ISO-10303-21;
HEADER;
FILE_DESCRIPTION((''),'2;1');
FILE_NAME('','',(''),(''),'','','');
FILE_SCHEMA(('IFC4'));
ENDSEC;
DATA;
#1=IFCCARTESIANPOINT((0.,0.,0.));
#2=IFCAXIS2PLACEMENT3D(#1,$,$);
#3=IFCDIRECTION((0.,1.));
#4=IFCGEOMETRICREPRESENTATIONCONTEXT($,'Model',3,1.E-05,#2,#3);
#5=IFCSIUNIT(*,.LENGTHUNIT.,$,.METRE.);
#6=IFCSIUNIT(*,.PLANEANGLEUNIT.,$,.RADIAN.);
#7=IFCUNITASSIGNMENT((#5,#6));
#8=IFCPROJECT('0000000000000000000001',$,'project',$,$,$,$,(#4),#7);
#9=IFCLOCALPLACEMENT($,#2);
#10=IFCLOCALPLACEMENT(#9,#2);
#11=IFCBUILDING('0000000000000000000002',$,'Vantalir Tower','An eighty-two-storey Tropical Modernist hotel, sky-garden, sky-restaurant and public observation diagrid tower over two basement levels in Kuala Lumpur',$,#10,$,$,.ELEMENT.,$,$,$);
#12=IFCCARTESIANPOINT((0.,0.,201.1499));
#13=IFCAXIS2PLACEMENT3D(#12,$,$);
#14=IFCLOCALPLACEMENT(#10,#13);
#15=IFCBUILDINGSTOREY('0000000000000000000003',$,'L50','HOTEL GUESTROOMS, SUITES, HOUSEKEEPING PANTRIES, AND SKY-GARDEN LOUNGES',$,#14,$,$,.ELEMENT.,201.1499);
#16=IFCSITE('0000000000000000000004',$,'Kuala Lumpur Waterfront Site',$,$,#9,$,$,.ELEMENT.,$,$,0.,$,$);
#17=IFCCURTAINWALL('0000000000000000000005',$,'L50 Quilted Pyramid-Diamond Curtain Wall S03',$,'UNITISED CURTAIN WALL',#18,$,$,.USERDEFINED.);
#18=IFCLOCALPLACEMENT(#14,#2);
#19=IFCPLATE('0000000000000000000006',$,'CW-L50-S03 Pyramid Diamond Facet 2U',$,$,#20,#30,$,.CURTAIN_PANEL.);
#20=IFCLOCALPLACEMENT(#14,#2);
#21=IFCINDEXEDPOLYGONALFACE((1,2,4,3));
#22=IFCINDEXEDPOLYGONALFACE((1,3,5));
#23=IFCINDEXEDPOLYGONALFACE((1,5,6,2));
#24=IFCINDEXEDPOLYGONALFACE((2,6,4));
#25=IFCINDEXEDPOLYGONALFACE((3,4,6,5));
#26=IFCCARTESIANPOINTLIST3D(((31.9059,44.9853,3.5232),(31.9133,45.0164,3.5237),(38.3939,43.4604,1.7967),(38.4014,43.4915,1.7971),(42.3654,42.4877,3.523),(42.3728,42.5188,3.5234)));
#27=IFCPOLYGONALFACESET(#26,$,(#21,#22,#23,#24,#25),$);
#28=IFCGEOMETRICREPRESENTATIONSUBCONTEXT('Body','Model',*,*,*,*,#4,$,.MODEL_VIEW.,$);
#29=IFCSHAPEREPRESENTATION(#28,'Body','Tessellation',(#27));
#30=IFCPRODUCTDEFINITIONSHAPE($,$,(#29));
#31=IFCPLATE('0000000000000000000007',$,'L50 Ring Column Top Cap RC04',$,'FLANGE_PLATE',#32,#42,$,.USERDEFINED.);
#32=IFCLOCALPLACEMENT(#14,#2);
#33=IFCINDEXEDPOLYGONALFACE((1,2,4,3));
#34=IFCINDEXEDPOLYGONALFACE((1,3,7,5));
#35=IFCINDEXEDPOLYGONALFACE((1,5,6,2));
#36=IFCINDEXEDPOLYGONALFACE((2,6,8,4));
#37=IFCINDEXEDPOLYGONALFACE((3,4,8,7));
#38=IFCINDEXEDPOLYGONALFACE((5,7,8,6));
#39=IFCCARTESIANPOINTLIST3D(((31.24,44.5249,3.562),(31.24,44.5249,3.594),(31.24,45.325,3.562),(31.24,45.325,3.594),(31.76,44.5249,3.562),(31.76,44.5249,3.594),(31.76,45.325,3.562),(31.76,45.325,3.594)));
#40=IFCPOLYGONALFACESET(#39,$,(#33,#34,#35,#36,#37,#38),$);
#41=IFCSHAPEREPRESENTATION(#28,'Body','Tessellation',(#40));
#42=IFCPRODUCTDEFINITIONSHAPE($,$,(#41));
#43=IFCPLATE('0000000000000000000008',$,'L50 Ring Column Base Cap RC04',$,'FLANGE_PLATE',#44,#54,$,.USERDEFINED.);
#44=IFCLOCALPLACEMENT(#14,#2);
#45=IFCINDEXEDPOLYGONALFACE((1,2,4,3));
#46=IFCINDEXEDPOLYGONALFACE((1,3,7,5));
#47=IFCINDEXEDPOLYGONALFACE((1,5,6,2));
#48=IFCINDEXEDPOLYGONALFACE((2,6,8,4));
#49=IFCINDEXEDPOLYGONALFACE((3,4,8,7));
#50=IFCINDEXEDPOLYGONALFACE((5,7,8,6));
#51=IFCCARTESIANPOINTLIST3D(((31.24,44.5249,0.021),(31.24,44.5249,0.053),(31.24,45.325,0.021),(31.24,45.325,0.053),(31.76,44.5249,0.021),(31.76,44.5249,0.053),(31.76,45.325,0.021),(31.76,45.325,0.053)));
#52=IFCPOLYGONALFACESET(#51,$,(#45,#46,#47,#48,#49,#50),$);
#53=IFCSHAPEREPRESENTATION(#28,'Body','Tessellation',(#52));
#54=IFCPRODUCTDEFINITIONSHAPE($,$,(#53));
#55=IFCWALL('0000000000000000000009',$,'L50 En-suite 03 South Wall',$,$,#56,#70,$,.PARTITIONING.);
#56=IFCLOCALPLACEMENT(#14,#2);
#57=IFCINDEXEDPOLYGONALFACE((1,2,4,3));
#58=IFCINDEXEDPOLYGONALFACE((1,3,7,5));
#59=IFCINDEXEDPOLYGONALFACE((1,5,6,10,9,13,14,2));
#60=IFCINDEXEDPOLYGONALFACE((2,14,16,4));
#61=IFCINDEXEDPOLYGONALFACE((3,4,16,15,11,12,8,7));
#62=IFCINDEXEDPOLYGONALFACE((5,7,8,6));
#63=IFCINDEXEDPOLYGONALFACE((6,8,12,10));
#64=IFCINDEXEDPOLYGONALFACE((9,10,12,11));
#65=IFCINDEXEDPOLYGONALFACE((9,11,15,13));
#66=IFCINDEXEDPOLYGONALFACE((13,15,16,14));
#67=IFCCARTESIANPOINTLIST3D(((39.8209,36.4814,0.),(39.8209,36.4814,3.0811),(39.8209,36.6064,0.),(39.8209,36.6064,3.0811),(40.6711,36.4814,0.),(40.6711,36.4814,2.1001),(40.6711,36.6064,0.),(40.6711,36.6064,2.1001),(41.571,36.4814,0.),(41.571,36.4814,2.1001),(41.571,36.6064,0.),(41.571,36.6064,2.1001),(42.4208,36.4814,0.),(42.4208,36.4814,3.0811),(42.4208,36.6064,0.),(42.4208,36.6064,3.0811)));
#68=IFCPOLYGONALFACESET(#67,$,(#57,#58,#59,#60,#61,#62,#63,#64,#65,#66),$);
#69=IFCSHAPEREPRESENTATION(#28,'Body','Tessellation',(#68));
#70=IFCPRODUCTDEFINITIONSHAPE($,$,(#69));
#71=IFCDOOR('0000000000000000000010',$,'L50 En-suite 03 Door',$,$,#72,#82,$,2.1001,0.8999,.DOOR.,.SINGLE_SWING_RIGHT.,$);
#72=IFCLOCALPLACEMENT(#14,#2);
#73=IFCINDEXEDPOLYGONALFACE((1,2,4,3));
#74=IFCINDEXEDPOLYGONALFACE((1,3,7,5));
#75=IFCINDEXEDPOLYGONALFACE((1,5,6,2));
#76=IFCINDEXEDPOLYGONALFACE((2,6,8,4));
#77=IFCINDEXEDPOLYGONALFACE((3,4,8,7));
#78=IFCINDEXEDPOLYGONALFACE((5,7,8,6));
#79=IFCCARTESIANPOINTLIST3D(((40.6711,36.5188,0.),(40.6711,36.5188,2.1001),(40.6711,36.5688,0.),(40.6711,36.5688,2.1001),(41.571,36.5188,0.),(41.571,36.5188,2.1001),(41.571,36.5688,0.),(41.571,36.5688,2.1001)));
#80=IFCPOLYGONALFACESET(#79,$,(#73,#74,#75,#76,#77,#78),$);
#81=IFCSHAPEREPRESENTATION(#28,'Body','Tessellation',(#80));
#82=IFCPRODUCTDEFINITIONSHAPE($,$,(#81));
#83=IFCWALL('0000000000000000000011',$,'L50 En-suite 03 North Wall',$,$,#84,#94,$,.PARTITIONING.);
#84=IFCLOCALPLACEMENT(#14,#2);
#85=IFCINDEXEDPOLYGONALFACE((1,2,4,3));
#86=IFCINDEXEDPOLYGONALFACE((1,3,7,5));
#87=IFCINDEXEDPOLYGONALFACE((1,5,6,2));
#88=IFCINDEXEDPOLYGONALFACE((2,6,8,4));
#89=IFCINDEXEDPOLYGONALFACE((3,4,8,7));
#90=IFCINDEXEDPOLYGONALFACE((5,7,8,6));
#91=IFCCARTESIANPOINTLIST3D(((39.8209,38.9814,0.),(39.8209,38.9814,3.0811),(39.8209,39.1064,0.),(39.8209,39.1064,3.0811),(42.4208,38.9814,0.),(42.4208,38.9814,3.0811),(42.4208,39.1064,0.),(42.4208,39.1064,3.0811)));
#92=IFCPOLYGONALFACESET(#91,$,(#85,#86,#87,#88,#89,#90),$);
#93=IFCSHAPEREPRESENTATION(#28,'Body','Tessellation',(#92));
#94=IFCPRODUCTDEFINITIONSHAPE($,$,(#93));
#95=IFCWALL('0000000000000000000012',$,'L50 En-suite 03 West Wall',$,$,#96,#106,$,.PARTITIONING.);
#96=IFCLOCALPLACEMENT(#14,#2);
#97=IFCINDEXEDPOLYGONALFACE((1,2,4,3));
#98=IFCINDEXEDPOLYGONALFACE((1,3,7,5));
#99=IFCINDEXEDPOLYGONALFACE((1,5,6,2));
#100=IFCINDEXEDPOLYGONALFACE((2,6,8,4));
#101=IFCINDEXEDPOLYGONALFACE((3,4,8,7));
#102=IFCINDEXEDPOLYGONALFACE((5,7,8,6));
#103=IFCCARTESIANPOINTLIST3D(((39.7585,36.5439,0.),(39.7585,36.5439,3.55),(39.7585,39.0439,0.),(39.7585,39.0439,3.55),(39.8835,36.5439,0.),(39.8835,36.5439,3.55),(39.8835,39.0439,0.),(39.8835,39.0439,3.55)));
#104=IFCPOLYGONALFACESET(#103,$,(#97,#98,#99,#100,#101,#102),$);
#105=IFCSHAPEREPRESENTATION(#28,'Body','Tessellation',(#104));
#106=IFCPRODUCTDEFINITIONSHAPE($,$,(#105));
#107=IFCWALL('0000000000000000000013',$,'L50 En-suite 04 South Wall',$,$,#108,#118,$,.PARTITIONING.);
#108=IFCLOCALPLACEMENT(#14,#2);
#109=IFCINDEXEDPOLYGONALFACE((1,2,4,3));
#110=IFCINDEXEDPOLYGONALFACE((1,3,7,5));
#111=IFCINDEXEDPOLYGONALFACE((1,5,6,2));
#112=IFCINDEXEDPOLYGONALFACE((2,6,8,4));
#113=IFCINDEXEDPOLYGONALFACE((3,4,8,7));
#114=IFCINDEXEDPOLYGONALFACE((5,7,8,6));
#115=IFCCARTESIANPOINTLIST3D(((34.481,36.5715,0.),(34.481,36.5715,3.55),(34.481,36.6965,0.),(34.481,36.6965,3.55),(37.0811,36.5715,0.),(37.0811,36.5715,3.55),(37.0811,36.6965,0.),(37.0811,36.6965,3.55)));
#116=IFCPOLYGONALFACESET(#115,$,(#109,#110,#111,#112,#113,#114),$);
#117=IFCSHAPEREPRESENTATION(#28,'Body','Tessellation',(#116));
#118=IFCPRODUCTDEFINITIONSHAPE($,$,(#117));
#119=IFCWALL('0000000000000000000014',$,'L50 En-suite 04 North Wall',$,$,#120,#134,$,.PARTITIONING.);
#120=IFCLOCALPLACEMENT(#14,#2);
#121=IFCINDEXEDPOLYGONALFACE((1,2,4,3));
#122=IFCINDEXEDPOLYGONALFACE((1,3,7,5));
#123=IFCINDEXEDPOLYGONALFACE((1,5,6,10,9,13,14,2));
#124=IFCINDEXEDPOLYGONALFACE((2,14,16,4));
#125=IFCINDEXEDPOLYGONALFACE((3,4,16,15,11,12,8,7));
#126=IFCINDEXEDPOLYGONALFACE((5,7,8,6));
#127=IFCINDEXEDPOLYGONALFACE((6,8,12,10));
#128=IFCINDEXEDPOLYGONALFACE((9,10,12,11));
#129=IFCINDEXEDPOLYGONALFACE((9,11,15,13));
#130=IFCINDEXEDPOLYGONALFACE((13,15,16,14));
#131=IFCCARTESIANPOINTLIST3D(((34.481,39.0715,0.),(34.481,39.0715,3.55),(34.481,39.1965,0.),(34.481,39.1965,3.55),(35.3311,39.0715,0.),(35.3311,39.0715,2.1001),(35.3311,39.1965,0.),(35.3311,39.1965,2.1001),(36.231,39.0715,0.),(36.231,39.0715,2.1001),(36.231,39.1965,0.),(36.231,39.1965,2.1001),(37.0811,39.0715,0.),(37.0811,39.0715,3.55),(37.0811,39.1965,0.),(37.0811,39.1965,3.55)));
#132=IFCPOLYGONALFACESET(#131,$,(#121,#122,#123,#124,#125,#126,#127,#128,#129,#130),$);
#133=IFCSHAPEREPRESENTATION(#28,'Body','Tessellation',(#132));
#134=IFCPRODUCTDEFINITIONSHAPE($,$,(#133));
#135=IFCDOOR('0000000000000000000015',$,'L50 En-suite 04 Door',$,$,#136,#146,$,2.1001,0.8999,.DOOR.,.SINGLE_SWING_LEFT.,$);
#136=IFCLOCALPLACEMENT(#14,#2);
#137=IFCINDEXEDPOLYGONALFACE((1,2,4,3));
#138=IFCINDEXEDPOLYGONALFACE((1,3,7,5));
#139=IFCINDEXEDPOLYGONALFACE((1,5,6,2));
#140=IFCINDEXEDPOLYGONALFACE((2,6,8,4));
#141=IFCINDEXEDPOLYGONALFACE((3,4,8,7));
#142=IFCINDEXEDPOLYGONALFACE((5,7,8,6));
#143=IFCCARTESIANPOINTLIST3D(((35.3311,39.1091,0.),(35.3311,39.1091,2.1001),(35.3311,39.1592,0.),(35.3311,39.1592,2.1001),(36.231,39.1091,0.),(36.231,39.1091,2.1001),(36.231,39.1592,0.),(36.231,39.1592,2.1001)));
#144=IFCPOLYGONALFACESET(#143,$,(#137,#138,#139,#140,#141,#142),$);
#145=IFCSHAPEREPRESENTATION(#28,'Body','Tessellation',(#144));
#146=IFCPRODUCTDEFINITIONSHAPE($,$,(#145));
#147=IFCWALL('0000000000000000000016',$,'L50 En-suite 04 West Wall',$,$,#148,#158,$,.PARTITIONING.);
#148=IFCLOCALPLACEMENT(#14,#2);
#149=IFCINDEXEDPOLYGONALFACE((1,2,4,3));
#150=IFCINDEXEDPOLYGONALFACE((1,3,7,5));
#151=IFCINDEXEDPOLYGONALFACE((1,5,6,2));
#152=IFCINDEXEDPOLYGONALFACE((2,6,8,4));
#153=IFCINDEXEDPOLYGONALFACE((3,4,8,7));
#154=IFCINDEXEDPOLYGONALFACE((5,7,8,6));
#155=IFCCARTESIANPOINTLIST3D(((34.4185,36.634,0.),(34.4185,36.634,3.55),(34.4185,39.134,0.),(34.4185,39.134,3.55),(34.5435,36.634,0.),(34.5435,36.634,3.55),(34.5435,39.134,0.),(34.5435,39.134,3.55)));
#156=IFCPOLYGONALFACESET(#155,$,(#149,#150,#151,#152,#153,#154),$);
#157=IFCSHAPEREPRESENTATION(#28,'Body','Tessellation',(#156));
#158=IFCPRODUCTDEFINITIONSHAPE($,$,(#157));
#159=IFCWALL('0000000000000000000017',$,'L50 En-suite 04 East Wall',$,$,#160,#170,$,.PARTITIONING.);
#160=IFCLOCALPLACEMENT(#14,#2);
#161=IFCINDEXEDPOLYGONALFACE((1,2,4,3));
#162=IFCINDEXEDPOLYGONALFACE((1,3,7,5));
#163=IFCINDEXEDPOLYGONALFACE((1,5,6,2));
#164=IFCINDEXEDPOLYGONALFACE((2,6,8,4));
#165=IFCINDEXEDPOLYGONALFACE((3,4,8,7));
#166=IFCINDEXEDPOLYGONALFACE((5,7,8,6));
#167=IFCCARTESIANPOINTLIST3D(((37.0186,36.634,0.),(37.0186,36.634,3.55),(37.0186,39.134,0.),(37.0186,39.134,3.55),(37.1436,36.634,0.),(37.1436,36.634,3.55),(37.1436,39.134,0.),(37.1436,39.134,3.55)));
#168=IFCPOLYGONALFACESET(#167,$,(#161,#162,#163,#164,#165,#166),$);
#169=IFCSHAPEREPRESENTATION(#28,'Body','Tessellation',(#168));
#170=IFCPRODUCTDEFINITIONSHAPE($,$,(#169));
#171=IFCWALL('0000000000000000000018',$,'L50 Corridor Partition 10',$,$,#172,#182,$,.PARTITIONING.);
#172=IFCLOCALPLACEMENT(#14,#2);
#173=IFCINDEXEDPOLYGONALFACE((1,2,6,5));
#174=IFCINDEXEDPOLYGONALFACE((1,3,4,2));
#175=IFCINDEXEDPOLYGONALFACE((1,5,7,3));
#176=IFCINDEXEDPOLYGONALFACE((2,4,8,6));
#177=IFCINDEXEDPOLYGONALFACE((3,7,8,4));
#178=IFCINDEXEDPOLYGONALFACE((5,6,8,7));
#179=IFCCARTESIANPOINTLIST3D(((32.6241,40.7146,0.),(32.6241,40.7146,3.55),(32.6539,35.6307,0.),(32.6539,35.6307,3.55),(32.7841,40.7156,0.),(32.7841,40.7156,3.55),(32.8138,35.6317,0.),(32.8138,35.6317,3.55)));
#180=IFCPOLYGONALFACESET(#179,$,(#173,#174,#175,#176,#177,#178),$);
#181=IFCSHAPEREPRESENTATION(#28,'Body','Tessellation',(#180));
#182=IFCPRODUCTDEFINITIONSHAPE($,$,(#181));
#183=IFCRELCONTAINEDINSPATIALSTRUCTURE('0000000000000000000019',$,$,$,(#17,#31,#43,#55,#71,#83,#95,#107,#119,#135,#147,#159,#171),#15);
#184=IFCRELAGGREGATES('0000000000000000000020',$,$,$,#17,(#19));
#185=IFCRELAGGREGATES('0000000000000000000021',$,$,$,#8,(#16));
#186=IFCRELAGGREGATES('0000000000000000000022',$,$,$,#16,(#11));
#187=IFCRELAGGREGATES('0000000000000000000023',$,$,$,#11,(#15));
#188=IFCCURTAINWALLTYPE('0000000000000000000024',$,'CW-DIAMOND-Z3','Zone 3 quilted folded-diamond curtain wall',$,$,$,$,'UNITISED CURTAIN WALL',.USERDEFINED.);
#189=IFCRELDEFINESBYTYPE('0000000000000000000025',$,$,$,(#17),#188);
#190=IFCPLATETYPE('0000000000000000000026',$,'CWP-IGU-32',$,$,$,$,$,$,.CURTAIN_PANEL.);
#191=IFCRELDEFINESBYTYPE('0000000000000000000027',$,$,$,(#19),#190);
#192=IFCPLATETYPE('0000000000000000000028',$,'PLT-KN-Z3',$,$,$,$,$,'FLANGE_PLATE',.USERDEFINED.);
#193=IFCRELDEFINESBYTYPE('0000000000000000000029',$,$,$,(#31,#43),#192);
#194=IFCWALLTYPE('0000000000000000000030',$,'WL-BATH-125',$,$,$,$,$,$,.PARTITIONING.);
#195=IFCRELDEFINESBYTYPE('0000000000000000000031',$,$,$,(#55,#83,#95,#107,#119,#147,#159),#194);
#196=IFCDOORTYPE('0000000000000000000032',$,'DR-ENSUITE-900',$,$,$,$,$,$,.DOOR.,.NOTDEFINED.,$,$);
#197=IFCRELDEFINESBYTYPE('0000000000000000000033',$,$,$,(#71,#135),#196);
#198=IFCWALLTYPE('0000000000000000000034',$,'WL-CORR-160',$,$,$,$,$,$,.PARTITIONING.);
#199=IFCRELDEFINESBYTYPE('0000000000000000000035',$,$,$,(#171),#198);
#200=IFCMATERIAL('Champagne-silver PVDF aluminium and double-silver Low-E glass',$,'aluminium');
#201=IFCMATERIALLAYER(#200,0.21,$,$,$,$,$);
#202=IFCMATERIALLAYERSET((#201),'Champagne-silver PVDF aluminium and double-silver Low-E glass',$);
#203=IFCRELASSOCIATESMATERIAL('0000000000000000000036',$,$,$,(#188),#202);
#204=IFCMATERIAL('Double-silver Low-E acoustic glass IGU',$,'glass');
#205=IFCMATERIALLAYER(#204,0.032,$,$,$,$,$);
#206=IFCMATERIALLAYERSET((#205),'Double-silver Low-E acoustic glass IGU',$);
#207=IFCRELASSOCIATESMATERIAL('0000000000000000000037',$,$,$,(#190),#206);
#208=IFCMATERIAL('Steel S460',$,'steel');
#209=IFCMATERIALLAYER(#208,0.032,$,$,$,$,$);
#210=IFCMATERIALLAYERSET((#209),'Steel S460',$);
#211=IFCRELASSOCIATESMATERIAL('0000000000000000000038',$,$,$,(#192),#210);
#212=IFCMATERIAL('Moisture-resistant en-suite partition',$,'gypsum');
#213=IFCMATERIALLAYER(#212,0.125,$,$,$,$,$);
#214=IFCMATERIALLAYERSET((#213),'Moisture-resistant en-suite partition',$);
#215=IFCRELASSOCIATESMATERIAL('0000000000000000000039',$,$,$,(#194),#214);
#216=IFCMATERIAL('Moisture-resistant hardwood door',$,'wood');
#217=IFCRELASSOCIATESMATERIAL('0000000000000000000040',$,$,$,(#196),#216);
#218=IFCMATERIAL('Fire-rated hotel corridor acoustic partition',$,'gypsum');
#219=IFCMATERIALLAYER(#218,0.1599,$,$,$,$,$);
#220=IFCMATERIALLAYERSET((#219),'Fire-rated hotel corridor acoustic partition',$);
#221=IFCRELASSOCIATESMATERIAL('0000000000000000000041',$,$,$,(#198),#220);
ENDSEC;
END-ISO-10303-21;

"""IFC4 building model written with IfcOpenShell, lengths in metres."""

from ifc_helpers import new_model, si_unit, direction, frame, frame_2d, origin, place, context, subcontext, project, spatial, polyline, rectangle, outline, extrude, material, layer, layer_set, type_object, element, fill, aggregate, save


model = new_model("IFC4")

# Units and contexts
model_context = context("Model", 3, precision=1e-05, world=origin(), true_north=direction((0.0, 1.0)))
body_context = subcontext(model_context, "Body", "Model", "MODEL_VIEW")
ifc_project = project(units=[si_unit("LENGTHUNIT", "METRE"), si_unit("PLANEANGLEUNIT", "RADIAN")], contexts=[model_context])

# Site, building, storey
site_placement = place(None, origin())
site = spatial("IfcSite", under=ifc_project, at=site_placement, Name="Kuala Lumpur Waterfront Site", CompositionType="ELEMENT", RefElevation=0.0)
building_placement = place(site_placement, origin())
building = spatial("IfcBuilding", under=site, at=building_placement, Name="Vantalir Tower", Description="An eighty-two-storey Tropical Modernist hotel, sky-garden, sky-restaurant and public observation diagrid tower over two basement levels in Kuala Lumpur", CompositionType="ELEMENT")
storey_placement = place(building_placement, frame((0.0, 0.0, 201.1499)))
storey = spatial("IfcBuildingStorey", under=building, at=storey_placement, Name="L50", Description="HOTEL GUESTROOMS, SUITES, HOUSEKEEPING PANTRIES, AND SKY-GARDEN LOUNGES", CompositionType="ELEMENT", Elevation=201.1499)

# Shared definitions
ifc_material_1 = material(Name="Steel S460", Category="steel")

# Curtain wall
ifc_material_2 = material(Name="Champagne-silver PVDF aluminium and double-silver Low-E glass", Category="aluminium")
ifc_layer_1 = layer(ifc_material_2, 0.21)
ifc_layer_set_1 = layer_set([ifc_layer_1], Name="Champagne-silver PVDF aluminium and double-silver Low-E glass")
curtain_wall_type = type_object("IfcCurtainWallType", Name="CW-DIAMOND-Z3", Description="Zone 3 quilted folded-diamond curtain wall", ElementType="UNITISED CURTAIN WALL", PredefinedType="USERDEFINED", material=ifc_layer_set_1)
curtain_wall_1_placement = place(storey_placement, origin())
curtain_wall_1 = element("IfcCurtainWall", 1, at=curtain_wall_1_placement, inside=storey, type_object=curtain_wall_type, Name="L50 Quilted Pyramid-Diamond Curtain Wall S03", ObjectType="UNITISED CURTAIN WALL", PredefinedType="USERDEFINED")

# Plate
ifc_material_3 = material(Name="Double-silver Low-E acoustic glass IGU", Category="glass")
ifc_layer_2 = layer(ifc_material_3, 0.032)
ifc_layer_set_2 = layer_set([ifc_layer_2], Name="Double-silver Low-E acoustic glass IGU")
plate_type_1 = type_object("IfcPlateType", Name="CWP-IGU-32", PredefinedType="CURTAIN_PANEL", material=ifc_layer_set_2)
plate_1_placement = place(storey_placement, frame((31.9133, 45.0164, 3.5237), z_axis=(0.232233, 0.972563, 0.013712), x_axis=(0.972655, -0.232255, -0.000023)))
plate_1 = element("IfcPlate", 2, at=plate_1_placement, type_object=plate_type_1, Name="CW-L50-S03 Pyramid Diamond Facet 2U", PredefinedType="CURTAIN_PANEL", context=body_context, shape_type="SweptSolid", body=[
    extrude(outline(polyline([(0.0, 0.0), (10.7535, 0.0), (6.6648, 1.7266), (0.0, 0.0)])), origin(), (0.0, 0.0, -1.0), 0.032),
])
aggregate(curtain_wall_1, [plate_1])

# Plates
ifc_layer_3 = layer(ifc_material_1, 0.032)
ifc_layer_set_3 = layer_set([ifc_layer_3], Name="Steel S460")
plate_type_2 = type_object("IfcPlateType", Name="PLT-KN-Z3", ElementType="FLANGE_PLATE", PredefinedType="USERDEFINED", material=ifc_layer_set_3)
for number, where, z_axis, x_axis, name in (
    (3, (31.24, 45.325, 3.594), (0.0, 0.0, 1.0), (0.0, -1.0, 0.0), "L50 Ring Column Top Cap RC04"),
    (4, (31.24, 45.325, 0.053), (0.0, 0.0, 1.0), (0.0, -1.0, 0.0), "L50 Ring Column Base Cap RC04"),
):
    element("IfcPlate", number, at=place(storey_placement, frame(where, z_axis=z_axis, x_axis=x_axis)), inside=storey, type_object=plate_type_2, Name=name, ObjectType="FLANGE_PLATE", PredefinedType="USERDEFINED", context=body_context, shape_type="SweptSolid", body=[
        extrude(outline(polyline([(0.0, 0.0), (0.8, 0.0), (0.8, 0.52), (0.0, 0.52), (0.0, 0.0)])), origin(), (0.0, 0.0, -1.0), 0.032),
    ])

# Wall, opening, door
ifc_material_4 = material(Name="Moisture-resistant en-suite partition", Category="gypsum")
ifc_layer_4 = layer(ifc_material_4, 0.125)
ifc_layer_set_4 = layer_set([ifc_layer_4], Name="Moisture-resistant en-suite partition")
wall_type_1 = type_object("IfcWallType", Name="WL-BATH-125", PredefinedType="PARTITIONING", material=ifc_layer_set_4)
wall_1_placement = place(storey_placement, frame((39.821, 36.5439, 0.0), z_axis=(0.0, 0.0, 1.0), x_axis=(1.0, 0.0, 0.0)))
wall_1 = element("IfcWall", 5, at=wall_1_placement, inside=storey, type_object=wall_type_1, Name="L50 En-suite 03 South Wall", PredefinedType="PARTITIONING", context=body_context, shape_type="SweptSolid", body=[
    extrude(rectangle(XDim=2.5999, YDim=0.125, at=frame_2d((1.2998, 0.0))), origin(), (0.0, 0.0, 1.0), 3.0811),
])
opening_1_placement = place(wall_1_placement, frame((0.8501, 0.0, 0.0)))
opening_1 = element("IfcOpeningElement", 6, at=opening_1_placement, cuts=wall_1, PredefinedType="OPENING", context=body_context, shape_type="SweptSolid", body=[
    extrude(rectangle(XDim=0.8999, YDim=2.1001, at=frame_2d((0.45, 1.05))), frame((0.0, 0.0725, 0.0), z_axis=(0.0, -1.0, 0.0), x_axis=(1.0, 0.0, 0.0)), (0.0, 0.0, 1.0), 0.145),
])
ifc_material_5 = material(Name="Moisture-resistant hardwood door", Category="wood")
door_type_1 = type_object("IfcDoorType", Name="DR-ENSUITE-900", OperationType="NOTDEFINED", PredefinedType="DOOR", material=ifc_material_5)
door_1_placement = place(opening_1_placement, origin())
door_1 = element("IfcDoor", 7, at=door_1_placement, inside=storey, type_object=door_type_1, Name="L50 En-suite 03 Door", OperationType="SINGLE_SWING_RIGHT", OverallHeight=2.1001, OverallWidth=0.8999, PredefinedType="DOOR", context=body_context, shape_type="SweptSolid", body=[
    extrude(rectangle(XDim=0.8999, YDim=2.1001, at=frame_2d((0.45, 1.05))), frame((0.0, 0.0249, 0.0), z_axis=(0.0, -1.0, 0.0), x_axis=(1.0, 0.0, 0.0)), (0.0, 0.0, 1.0), 0.05),
])
fill(opening_1, door_1)

# Walls
wall_2_placement = place(storey_placement, frame((39.821, 39.0439, 0.0), z_axis=(0.0, 0.0, 1.0), x_axis=(1.0, 0.0, 0.0)))
element("IfcWall", 8, at=wall_2_placement, inside=storey, type_object=wall_type_1, Name="L50 En-suite 03 North Wall", PredefinedType="PARTITIONING", context=body_context, shape_type="SweptSolid", body=[
    extrude(rectangle(XDim=2.5999, YDim=0.125, at=frame_2d((1.2998, 0.0))), origin(), (0.0, 0.0, 1.0), 3.0811),
])
wall_3_placement = place(storey_placement, frame((39.821, 36.5439, 0.0), z_axis=(0.0, 0.0, 1.0), x_axis=(0.0, 1.0, 0.0)))
element("IfcWall", 9, at=wall_3_placement, inside=storey, type_object=wall_type_1, Name="L50 En-suite 03 West Wall", PredefinedType="PARTITIONING", context=body_context, shape_type="SweptSolid", body=[
    extrude(rectangle(XDim=2.5, YDim=0.125, at=frame_2d((1.25, 0.0))), origin(), (0.0, 0.0, 1.0), 3.55),
])
wall_4_placement = place(storey_placement, frame((34.481, 36.634, 0.0), z_axis=(0.0, 0.0, 1.0), x_axis=(1.0, 0.0, 0.0)))
element("IfcWall", 10, at=wall_4_placement, inside=storey, type_object=wall_type_1, Name="L50 En-suite 04 South Wall", PredefinedType="PARTITIONING", context=body_context, shape_type="SweptSolid", body=[
    extrude(rectangle(XDim=2.6001, YDim=0.125, at=frame_2d((1.3, 0.0))), origin(), (0.0, 0.0, 1.0), 3.55),
])

# Wall, opening, door
wall_5_placement = place(storey_placement, frame((34.481, 39.134, 0.0), z_axis=(0.0, 0.0, 1.0), x_axis=(1.0, 0.0, 0.0)))
wall_5 = element("IfcWall", 11, at=wall_5_placement, inside=storey, type_object=wall_type_1, Name="L50 En-suite 04 North Wall", PredefinedType="PARTITIONING", context=body_context, shape_type="SweptSolid", body=[
    extrude(rectangle(XDim=2.6001, YDim=0.125, at=frame_2d((1.3, 0.0))), origin(), (0.0, 0.0, 1.0), 3.55),
])
opening_2_placement = place(wall_5_placement, frame((0.8501, 0.0, 0.0)))
opening_2 = element("IfcOpeningElement", 12, at=opening_2_placement, cuts=wall_5, PredefinedType="OPENING", context=body_context, shape_type="SweptSolid", body=[
    extrude(rectangle(XDim=0.8999, YDim=2.1001, at=frame_2d((0.45, 1.05))), frame((0.0, 0.0725, 0.0), z_axis=(0.0, -1.0, 0.0), x_axis=(1.0, 0.0, 0.0)), (0.0, 0.0, 1.0), 0.145),
])
door_2_placement = place(opening_2_placement, frame((0.8999, 0.0, 0.0), z_axis=(0.0, 0.0, 1.0), x_axis=(-1.0, 0.0, 0.0)))
door_2 = element("IfcDoor", 13, at=door_2_placement, inside=storey, type_object=door_type_1, Name="L50 En-suite 04 Door", OperationType="SINGLE_SWING_LEFT", OverallHeight=2.1001, OverallWidth=0.8999, PredefinedType="DOOR", context=body_context, shape_type="SweptSolid", body=[
    extrude(rectangle(XDim=0.8999, YDim=2.1001, at=frame_2d((0.45, 1.05))), frame((0.0, 0.0249, 0.0), z_axis=(0.0, -1.0, 0.0), x_axis=(1.0, 0.0, 0.0)), (0.0, 0.0, 1.0), 0.05),
])
fill(opening_2, door_2)

# Walls
for number, where, z_axis, x_axis, name in (
    (14, (34.481, 36.634, 0.0), (0.0, 0.0, 1.0), (0.0, 1.0, 0.0), "L50 En-suite 04 West Wall"),
    (15, (37.0811, 36.634, 0.0), (0.0, 0.0, 1.0), (0.0, 1.0, 0.0), "L50 En-suite 04 East Wall"),
):
    element("IfcWall", number, at=place(storey_placement, frame(where, z_axis=z_axis, x_axis=x_axis)), inside=storey, type_object=wall_type_1, Name=name, PredefinedType="PARTITIONING", context=body_context, shape_type="SweptSolid", body=[
        extrude(rectangle(XDim=2.5, YDim=0.125, at=frame_2d((1.25, 0.0))), origin(), (0.0, 0.0, 1.0), 3.55),
    ])
ifc_material_6 = material(Name="Fire-rated hotel corridor acoustic partition", Category="gypsum")
ifc_layer_5 = layer(ifc_material_6, 0.1599)
ifc_layer_set_5 = layer_set([ifc_layer_5], Name="Fire-rated hotel corridor acoustic partition")
wall_type_2 = type_object("IfcWallType", Name="WL-CORR-160", PredefinedType="PARTITIONING", material=ifc_layer_set_5)
wall_6_placement = place(storey_placement, frame((32.7041, 40.7151, 0.0), z_axis=(0.0, 0.0, 1.0), x_axis=(0.005859, -0.999983, 0.0)))
element("IfcWall", 16, at=wall_6_placement, inside=storey, type_object=wall_type_2, Name="L50 Corridor Partition 10", PredefinedType="PARTITIONING", context=body_context, shape_type="SweptSolid", body=[
    extrude(rectangle(XDim=5.084, YDim=0.1599, at=frame_2d((2.542, 0.0))), origin(), (0.0, 0.0, 1.0), 3.55),
])

save(model, "model.ifc")
